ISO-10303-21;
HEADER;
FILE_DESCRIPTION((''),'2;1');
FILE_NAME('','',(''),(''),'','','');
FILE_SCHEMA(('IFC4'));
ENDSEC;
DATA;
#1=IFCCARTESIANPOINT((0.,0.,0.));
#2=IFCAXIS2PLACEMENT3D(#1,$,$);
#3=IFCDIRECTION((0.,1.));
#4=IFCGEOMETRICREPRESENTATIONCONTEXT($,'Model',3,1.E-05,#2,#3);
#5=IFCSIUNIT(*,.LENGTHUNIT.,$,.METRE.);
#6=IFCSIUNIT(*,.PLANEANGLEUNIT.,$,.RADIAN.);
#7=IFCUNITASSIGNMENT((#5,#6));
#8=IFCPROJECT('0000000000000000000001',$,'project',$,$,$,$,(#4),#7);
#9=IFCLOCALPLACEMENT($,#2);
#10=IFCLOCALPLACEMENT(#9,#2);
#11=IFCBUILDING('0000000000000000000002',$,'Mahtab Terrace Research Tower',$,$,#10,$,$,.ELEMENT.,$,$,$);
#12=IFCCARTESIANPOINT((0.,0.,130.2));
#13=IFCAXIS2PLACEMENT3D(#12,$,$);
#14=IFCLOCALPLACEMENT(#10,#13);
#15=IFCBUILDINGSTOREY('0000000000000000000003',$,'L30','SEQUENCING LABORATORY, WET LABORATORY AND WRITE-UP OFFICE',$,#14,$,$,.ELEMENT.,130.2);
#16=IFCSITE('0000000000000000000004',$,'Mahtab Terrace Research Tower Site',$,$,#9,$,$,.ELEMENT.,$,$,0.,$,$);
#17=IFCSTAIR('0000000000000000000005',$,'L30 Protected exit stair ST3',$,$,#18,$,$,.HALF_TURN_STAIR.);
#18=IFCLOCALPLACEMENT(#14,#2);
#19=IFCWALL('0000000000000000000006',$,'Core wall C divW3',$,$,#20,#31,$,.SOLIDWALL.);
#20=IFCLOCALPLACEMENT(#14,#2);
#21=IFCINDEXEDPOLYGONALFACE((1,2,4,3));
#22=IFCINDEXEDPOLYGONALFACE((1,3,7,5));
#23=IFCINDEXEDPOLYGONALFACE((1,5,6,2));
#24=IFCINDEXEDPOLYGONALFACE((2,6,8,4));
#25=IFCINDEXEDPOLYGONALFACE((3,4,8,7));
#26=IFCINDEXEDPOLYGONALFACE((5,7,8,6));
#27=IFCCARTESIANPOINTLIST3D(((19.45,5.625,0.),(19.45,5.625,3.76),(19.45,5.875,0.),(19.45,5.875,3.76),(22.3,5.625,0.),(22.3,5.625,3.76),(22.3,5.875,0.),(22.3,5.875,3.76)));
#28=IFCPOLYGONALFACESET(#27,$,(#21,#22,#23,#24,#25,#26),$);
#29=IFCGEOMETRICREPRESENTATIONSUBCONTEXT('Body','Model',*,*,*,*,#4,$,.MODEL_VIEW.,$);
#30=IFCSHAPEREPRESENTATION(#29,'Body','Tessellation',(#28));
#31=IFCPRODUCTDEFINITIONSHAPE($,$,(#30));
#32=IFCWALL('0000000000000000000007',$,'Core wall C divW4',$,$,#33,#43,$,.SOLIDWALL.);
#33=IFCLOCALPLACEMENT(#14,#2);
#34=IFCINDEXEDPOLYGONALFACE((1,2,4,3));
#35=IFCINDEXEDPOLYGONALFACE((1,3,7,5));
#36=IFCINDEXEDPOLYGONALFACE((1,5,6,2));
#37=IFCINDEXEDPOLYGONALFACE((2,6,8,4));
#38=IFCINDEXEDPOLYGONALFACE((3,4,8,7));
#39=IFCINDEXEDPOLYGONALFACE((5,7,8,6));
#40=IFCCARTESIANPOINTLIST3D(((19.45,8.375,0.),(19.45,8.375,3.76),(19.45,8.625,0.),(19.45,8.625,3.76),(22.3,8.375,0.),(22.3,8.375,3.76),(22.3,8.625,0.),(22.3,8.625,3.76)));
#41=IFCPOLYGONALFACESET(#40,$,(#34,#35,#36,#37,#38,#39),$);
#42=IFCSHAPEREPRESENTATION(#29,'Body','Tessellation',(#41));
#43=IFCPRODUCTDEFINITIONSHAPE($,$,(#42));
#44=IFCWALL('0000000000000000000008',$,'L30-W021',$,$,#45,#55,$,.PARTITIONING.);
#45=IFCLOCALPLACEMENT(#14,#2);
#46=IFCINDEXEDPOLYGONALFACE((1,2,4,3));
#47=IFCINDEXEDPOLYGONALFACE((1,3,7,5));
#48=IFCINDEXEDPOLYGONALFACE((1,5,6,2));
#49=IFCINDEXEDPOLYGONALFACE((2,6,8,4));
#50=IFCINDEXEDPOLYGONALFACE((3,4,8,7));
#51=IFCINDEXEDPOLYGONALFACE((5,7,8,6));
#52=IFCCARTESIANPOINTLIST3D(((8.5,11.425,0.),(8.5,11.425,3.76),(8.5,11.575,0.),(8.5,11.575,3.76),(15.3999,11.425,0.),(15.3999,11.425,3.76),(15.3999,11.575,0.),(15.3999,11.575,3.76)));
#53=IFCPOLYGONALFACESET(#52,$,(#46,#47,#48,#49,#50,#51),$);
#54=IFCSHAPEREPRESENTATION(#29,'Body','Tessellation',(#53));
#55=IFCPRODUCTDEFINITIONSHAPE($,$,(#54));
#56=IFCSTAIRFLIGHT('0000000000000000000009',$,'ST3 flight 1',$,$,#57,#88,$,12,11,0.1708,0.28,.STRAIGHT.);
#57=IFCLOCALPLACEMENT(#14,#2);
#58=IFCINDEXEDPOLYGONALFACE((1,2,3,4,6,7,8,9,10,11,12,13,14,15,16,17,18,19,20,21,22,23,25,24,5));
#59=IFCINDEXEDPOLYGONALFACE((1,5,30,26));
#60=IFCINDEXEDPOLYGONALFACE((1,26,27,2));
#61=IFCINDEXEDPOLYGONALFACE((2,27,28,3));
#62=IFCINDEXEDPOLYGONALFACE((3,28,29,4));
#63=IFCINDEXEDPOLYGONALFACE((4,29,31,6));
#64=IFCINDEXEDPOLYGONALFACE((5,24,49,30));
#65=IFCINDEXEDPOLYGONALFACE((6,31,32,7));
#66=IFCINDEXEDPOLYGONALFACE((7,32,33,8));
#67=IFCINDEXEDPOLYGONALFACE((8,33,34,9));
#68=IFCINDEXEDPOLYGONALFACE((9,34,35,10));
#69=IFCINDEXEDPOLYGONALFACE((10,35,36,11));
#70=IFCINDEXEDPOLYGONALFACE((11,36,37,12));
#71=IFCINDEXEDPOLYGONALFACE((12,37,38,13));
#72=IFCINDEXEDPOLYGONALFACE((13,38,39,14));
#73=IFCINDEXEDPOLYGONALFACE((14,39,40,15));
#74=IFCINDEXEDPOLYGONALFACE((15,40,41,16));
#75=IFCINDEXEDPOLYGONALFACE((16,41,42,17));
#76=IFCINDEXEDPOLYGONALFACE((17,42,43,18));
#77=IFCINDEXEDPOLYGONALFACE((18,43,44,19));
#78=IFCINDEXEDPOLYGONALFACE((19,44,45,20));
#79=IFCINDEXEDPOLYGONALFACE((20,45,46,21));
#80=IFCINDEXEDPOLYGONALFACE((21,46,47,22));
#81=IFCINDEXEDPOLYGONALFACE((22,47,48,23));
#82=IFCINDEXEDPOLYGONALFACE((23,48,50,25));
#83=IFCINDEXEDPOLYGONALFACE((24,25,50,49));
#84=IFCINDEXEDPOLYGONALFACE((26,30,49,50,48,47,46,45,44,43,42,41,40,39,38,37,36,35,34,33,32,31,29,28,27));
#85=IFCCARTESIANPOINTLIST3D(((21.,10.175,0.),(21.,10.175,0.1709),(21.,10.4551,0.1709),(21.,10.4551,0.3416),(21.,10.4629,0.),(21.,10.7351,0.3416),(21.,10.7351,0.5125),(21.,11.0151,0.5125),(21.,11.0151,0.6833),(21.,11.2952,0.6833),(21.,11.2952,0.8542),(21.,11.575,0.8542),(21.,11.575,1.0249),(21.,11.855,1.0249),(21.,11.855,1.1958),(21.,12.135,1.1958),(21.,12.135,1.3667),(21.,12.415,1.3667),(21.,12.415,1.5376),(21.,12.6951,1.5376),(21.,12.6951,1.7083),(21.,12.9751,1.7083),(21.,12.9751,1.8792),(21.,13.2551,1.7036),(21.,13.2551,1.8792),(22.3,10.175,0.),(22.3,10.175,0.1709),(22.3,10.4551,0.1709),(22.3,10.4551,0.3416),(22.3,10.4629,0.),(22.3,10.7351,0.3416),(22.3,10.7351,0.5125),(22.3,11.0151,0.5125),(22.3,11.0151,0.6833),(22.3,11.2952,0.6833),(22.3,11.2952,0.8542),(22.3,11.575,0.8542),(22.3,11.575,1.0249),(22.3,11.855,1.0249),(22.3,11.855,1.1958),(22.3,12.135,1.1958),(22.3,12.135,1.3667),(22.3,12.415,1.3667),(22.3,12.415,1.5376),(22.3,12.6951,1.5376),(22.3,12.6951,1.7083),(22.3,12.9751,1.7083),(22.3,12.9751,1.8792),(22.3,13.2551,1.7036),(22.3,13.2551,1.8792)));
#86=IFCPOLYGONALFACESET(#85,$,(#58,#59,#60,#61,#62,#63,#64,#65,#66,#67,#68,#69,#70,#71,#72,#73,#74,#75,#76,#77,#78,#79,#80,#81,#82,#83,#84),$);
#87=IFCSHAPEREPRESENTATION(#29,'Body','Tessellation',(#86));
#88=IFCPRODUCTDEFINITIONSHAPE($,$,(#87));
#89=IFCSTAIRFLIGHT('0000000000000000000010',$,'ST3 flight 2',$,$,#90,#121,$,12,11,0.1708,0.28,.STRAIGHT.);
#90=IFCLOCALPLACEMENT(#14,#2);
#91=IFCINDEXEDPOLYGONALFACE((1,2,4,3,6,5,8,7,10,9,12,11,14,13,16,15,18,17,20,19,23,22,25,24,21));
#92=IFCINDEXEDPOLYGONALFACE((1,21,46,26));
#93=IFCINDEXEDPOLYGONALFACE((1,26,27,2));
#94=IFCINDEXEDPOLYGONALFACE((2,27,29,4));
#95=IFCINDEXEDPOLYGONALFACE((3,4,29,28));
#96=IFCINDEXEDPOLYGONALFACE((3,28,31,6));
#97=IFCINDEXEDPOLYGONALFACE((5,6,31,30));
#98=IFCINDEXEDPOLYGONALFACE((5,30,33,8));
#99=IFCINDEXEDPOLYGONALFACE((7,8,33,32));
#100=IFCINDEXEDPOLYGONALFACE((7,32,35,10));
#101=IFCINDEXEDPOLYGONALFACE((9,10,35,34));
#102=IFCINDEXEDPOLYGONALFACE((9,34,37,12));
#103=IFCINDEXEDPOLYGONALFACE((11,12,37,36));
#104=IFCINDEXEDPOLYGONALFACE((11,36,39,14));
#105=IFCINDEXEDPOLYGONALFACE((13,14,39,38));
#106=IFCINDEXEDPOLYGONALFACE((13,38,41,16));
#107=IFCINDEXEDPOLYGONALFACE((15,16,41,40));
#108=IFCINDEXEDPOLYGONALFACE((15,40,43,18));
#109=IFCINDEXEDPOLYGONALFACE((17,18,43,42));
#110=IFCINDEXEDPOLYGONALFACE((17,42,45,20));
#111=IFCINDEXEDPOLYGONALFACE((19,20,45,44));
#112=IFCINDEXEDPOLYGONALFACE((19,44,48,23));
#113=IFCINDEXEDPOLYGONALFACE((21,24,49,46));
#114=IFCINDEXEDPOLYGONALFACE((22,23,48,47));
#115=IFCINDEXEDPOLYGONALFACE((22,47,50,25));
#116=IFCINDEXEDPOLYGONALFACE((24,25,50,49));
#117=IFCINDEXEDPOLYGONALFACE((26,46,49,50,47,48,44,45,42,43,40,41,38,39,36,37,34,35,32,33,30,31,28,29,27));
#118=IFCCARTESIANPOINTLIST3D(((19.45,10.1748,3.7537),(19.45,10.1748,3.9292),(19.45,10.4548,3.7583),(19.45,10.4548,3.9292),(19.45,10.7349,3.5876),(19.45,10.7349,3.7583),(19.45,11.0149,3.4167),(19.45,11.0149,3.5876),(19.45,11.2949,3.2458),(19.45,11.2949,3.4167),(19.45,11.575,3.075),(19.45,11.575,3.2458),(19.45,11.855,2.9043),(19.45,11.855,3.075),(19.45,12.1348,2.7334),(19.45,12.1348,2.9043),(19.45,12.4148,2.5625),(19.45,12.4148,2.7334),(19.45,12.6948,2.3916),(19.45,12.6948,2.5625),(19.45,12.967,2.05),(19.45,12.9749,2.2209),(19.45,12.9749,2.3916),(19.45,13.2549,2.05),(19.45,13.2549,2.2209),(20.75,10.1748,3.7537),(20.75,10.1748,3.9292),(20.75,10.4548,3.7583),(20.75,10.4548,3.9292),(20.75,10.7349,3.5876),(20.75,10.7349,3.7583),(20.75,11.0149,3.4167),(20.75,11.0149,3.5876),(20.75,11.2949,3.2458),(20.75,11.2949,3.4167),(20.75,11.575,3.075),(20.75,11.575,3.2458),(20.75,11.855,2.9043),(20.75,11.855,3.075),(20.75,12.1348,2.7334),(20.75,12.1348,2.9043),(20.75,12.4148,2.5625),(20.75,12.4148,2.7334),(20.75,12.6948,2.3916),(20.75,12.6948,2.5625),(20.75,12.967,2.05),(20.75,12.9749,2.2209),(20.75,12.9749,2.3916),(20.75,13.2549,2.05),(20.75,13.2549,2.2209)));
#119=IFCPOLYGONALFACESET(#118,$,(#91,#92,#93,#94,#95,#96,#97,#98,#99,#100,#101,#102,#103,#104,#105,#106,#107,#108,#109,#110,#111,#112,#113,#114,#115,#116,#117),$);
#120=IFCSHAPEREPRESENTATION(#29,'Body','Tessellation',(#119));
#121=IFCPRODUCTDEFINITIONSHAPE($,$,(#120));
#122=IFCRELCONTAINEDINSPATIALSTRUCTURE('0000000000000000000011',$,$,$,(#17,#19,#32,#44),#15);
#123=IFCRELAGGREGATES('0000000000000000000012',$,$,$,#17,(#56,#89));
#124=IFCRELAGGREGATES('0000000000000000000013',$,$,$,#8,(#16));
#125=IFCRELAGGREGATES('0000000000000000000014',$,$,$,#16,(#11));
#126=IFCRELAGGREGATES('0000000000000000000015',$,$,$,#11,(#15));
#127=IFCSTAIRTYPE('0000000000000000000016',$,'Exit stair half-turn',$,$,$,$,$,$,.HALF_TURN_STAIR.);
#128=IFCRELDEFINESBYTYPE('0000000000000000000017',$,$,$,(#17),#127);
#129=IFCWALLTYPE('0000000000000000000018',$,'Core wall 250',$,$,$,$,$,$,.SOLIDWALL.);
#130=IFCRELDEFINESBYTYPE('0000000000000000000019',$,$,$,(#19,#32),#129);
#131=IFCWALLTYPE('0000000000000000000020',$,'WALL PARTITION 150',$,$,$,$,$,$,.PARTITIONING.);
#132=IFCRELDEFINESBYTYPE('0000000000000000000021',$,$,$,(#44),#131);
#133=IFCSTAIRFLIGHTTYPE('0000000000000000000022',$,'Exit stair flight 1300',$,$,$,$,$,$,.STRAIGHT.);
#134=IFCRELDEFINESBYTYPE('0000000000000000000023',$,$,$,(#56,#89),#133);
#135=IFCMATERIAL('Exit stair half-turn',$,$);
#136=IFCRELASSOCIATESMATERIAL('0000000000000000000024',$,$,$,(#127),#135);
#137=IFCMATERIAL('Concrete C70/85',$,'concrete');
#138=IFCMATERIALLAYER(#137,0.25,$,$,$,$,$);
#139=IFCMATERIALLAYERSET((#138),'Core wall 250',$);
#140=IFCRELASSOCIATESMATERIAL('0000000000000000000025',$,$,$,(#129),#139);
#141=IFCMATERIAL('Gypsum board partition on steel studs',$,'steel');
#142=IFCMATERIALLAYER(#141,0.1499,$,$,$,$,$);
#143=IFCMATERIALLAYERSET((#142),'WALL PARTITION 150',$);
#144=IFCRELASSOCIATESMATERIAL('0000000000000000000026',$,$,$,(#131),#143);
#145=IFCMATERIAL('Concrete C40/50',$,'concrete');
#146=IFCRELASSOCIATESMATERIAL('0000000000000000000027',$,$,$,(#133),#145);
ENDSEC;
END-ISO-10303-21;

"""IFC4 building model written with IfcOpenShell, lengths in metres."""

from ifc_helpers import new_model, si_unit, direction, frame, frame_2d, origin, place, context, subcontext, project, spatial, polyline, rectangle, outline, extrude, material, layer, layer_set, type_object, element, aggregate, save


model = new_model("IFC4")

# Units and contexts
model_context = context("Model", 3, precision=1e-05, world=origin(), true_north=direction((0.0, 1.0)))
body_context = subcontext(model_context, "Body", "Model", "MODEL_VIEW")
ifc_project = project(units=[si_unit("LENGTHUNIT", "METRE"), si_unit("PLANEANGLEUNIT", "RADIAN")], contexts=[model_context])

# Site, building, storey
site_placement = place(None, origin())
site = spatial("IfcSite", under=ifc_project, at=site_placement, Name="Mahtab Terrace Research Tower Site", CompositionType="ELEMENT", RefElevation=0.0)
building_placement = place(site_placement, origin())
building = spatial("IfcBuilding", under=site, at=building_placement, Name="Mahtab Terrace Research Tower", CompositionType="ELEMENT")
storey_placement = place(building_placement, frame((0.0, 0.0, 130.2)))
storey = spatial("IfcBuildingStorey", under=building, at=storey_placement, Name="L30", Description="SEQUENCING LABORATORY, WET LABORATORY AND WRITE-UP OFFICE", CompositionType="ELEMENT", Elevation=130.2)

# Shared definitions
ifc_material_1 = material(Name="Concrete C70/85", Category="concrete")

# Stair
ifc_material_2 = material(Name="Exit stair half-turn")
stair_type = type_object("IfcStairType", Name="Exit stair half-turn", PredefinedType="HALF_TURN_STAIR", material=ifc_material_2)
ifc_material_3 = material(Name="Concrete C40/50", Category="concrete")
stair_1_placement = place(storey_placement, origin())
stair_1 = element("IfcStair", 1, at=stair_1_placement, inside=storey, type_object=stair_type, Name="L30 Protected exit stair ST3", PredefinedType="HALF_TURN_STAIR")

# Shared definitions
ifc_layer_1 = layer(ifc_material_1, 0.25)
ifc_layer_set_1 = layer_set([ifc_layer_1], Name="Core wall 250")
wall_type_1 = type_object("IfcWallType", Name="Core wall 250", PredefinedType="SOLIDWALL", material=ifc_layer_set_1)

# Walls
for number, where, z_axis, x_axis, name in (
    (2, (19.45, 5.75, 0.0), (0.0, 0.0, 1.0), (1.0, 0.0, 0.0), "Core wall C divW3"),
    (3, (19.45, 8.5, 0.0), (0.0, 0.0, 1.0), (1.0, 0.0, 0.0), "Core wall C divW4"),
):
    element("IfcWall", number, at=place(storey_placement, frame(where, z_axis=z_axis, x_axis=x_axis)), inside=storey, type_object=wall_type_1, Name=name, PredefinedType="SOLIDWALL", context=body_context, shape_type="SweptSolid", body=[
        extrude(rectangle(XDim=2.8501, YDim=0.25, at=frame_2d((1.425, 0.0))), origin(), (0.0, 0.0, 1.0), 3.76),
    ])
ifc_material_4 = material(Name="Gypsum board partition on steel studs", Category="steel")
ifc_layer_2 = layer(ifc_material_4, 0.1499)
ifc_layer_set_2 = layer_set([ifc_layer_2], Name="WALL PARTITION 150")
wall_type_2 = type_object("IfcWallType", Name="WALL PARTITION 150", PredefinedType="PARTITIONING", material=ifc_layer_set_2)
wall_1_placement = place(storey_placement, frame((8.5, 11.5, 0.0), z_axis=(0.0, 0.0, 1.0), x_axis=(1.0, 0.0, 0.0)))
element("IfcWall", 4, at=wall_1_placement, inside=storey, type_object=wall_type_2, Name="L30-W021", PredefinedType="PARTITIONING", context=body_context, shape_type="SweptSolid", body=[
    extrude(rectangle(XDim=6.8999, YDim=0.1499, at=frame_2d((3.45, 0.0))), origin(), (0.0, 0.0, 1.0), 3.76),
])

# Stair flights
stair_flight_type = type_object("IfcStairFlightType", Name="Exit stair flight 1300", PredefinedType="STRAIGHT", material=ifc_material_3)
stair_flight_1_placement = place(storey_placement, frame((21.6499, 10.175, 0.0), z_axis=(0.0, 0.0, 1.0), x_axis=(0.0, 1.0, 0.0)))
stair_flight_1 = element("IfcStairFlight", 5, at=stair_flight_1_placement, type_object=stair_flight_type, Name="ST3 flight 1", NumberOfRisers=12, NumberOfTreads=11, PredefinedType="STRAIGHT", RiserHeight=0.1708, TreadLength=0.28, context=body_context, shape_type="SweptSolid", body=[
    extrude(outline(polyline([(0.0, 0.0), (0.0, 0.1709), (0.28, 0.1709), (0.28, 0.3416), (0.5601, 0.3416), (0.5601, 0.5125), (0.8401, 0.5125), (0.8401, 0.6833), (1.1201, 0.6833), (1.1201, 0.8542), (1.3999, 0.8542), (1.3999, 1.0249), (1.6799, 1.0249), (1.6799, 1.1958), (1.96, 1.1958), (1.96, 1.3667), (2.24, 1.3667), (2.24, 1.5376), (2.52, 1.5376), (2.52, 1.7083), (2.8, 1.7083), (2.8, 1.8792), (3.0801, 1.8792), (3.0801, 2.05), (3.0801, 1.7036), (0.2878, 0.0), (0.0, 0.0)])), frame((0.0, 0.6499, 0.0), z_axis=(0.0, -1.0, 0.0), x_axis=(1.0, 0.0, 0.0)), (0.0, 0.0, 1.0), 1.3),
])
stair_flight_2_placement = place(storey_placement, frame((20.1001, 13.2549, 2.05), z_axis=(0.0, 0.0, 1.0), x_axis=(0.0, -1.0, 0.0)))
stair_flight_2 = element("IfcStairFlight", 6, at=stair_flight_2_placement, type_object=stair_flight_type, Name="ST3 flight 2", NumberOfRisers=12, NumberOfTreads=11, PredefinedType="STRAIGHT", RiserHeight=0.1708, TreadLength=0.28, context=body_context, shape_type="SweptSolid", body=[
    extrude(outline(polyline([(0.0, 0.0), (0.0, 0.1709), (0.28, 0.1709), (0.28, 0.3416), (0.5601, 0.3416), (0.5601, 0.5125), (0.8401, 0.5125), (0.8401, 0.6833), (1.1201, 0.6833), (1.1201, 0.8542), (1.3999, 0.8542), (1.3999, 1.0249), (1.6799, 1.0249), (1.6799, 1.1958), (1.96, 1.1958), (1.96, 1.3667), (2.24, 1.3667), (2.24, 1.5376), (2.52, 1.5376), (2.52, 1.7083), (2.8, 1.7083), (2.8, 1.8792), (3.0801, 1.8792), (3.0801, 2.05), (3.0801, 1.7036), (0.2878, 0.0), (0.0, 0.0)])), frame((0.0, 0.6499, 0.0), z_axis=(0.0, -1.0, 0.0), x_axis=(1.0, 0.0, 0.0)), (0.0, 0.0, 1.0), 1.3),
])
aggregate(stair_1, [stair_flight_1, stair_flight_2])

save(model, "model.ifc")
